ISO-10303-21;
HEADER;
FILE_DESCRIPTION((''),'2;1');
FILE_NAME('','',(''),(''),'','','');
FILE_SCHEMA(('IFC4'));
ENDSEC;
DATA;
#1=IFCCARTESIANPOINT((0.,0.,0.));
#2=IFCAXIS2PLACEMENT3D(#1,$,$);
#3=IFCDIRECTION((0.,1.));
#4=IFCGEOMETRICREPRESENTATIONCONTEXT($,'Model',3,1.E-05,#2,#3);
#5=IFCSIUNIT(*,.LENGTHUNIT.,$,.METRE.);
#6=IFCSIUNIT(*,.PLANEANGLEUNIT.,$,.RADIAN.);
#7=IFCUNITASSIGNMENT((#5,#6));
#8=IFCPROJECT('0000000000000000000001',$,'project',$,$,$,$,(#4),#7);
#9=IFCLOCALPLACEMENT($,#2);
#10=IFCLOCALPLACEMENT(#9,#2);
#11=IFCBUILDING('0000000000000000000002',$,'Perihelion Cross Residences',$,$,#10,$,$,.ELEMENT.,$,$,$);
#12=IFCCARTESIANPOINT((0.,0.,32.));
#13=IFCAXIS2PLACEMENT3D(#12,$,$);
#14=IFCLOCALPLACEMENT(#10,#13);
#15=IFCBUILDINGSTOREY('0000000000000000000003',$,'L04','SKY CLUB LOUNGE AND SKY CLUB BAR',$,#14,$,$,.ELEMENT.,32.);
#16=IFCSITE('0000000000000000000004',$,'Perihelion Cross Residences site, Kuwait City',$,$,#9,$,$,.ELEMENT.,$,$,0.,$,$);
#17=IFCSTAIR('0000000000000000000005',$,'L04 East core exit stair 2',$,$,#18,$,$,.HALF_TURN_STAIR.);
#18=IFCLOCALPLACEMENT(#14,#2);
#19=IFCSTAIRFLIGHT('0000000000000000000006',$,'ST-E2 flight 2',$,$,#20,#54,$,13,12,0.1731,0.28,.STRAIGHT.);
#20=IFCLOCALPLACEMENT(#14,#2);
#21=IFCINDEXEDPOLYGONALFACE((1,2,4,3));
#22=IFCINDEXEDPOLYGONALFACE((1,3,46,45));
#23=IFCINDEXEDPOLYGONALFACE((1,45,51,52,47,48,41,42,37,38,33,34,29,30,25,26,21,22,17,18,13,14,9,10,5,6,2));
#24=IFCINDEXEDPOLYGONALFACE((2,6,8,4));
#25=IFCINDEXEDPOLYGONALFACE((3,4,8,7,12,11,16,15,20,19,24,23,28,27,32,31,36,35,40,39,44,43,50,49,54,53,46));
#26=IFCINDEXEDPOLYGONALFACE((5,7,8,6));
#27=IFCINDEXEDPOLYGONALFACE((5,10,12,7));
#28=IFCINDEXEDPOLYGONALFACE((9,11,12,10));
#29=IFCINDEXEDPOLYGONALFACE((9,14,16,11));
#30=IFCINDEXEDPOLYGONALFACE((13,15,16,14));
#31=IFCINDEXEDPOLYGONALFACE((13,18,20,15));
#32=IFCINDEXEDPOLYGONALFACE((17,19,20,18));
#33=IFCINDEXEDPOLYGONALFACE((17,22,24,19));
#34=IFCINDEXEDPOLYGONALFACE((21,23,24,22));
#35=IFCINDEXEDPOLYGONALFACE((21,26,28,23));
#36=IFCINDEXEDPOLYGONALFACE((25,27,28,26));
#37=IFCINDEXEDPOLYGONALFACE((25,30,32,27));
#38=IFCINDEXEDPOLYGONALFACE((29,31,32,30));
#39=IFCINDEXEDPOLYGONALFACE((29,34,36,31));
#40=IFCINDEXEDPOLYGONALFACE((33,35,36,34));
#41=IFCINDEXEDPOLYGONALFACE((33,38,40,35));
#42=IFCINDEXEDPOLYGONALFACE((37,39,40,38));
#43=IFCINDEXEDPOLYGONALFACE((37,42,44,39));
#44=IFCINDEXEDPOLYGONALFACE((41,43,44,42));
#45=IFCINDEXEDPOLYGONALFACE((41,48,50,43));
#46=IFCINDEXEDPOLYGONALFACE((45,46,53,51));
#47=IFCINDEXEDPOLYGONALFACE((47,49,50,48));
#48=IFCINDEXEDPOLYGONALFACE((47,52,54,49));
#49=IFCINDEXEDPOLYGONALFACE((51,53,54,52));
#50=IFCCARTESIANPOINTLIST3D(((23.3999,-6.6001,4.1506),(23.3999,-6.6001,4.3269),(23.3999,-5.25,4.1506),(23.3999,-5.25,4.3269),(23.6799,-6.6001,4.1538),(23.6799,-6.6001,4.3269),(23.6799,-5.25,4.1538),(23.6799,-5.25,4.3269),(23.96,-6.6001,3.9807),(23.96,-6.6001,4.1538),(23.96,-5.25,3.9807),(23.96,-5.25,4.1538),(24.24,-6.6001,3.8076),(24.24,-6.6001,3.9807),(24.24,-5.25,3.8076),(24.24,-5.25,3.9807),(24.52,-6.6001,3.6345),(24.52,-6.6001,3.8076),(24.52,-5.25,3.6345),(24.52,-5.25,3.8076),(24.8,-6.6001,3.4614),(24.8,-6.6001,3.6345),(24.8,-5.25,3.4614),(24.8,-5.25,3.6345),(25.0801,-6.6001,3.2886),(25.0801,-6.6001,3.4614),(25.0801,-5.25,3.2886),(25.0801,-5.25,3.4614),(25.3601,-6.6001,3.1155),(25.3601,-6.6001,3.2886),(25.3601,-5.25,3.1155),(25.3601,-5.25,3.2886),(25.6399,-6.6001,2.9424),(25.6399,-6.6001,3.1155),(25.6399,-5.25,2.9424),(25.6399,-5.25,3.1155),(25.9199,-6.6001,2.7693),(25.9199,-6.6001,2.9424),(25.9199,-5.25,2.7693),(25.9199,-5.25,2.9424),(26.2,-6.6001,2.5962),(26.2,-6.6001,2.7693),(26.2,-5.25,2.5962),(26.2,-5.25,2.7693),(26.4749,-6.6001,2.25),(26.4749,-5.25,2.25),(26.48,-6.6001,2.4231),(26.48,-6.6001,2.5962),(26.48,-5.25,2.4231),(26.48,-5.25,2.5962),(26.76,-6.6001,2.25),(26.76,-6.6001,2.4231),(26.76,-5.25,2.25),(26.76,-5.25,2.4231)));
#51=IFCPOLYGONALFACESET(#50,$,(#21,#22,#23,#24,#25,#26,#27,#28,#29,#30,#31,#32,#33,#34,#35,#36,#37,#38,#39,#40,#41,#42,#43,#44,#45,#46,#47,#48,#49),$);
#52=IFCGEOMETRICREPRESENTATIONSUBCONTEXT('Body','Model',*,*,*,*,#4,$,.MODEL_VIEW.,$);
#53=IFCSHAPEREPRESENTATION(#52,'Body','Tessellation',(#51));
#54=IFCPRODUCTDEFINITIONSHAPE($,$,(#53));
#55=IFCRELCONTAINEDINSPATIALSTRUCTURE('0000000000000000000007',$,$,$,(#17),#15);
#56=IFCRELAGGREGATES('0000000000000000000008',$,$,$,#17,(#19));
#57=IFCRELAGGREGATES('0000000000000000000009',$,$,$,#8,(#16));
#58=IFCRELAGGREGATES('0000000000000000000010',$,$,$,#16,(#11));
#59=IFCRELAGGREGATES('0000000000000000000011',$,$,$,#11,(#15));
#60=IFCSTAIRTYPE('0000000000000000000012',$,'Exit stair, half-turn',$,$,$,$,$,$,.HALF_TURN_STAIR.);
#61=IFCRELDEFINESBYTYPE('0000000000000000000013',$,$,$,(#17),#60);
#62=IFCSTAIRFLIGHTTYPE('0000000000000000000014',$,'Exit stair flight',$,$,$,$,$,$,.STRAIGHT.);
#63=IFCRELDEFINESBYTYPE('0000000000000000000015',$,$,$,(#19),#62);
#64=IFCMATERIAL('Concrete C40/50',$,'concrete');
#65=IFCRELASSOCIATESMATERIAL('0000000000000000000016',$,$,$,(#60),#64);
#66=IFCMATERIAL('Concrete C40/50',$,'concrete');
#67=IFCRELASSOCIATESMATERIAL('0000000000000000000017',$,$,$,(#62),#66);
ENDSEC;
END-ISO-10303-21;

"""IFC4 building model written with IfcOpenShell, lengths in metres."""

from ifc_helpers import new_model, si_unit, direction, frame, origin, place, context, subcontext, project, spatial, polyline, outline, extrude, material, type_object, element, aggregate, save


model = new_model("IFC4")

# Units and contexts
model_context = context("Model", 3, precision=1e-05, world=origin(), true_north=direction((0.0, 1.0)))
body_context = subcontext(model_context, "Body", "Model", "MODEL_VIEW")
ifc_project = project(units=[si_unit("LENGTHUNIT", "METRE"), si_unit("PLANEANGLEUNIT", "RADIAN")], contexts=[model_context])

# Site, building, storey
site_placement = place(None, origin())
site = spatial("IfcSite", under=ifc_project, at=site_placement, Name="Perihelion Cross Residences site, Kuwait City", CompositionType="ELEMENT", RefElevation=0.0)
building_placement = place(site_placement, origin())
building = spatial("IfcBuilding", under=site, at=building_placement, Name="Perihelion Cross Residences", CompositionType="ELEMENT")
storey_placement = place(building_placement, frame((0.0, 0.0, 32.0)))
storey = spatial("IfcBuildingStorey", under=building, at=storey_placement, Name="L04", Description="SKY CLUB LOUNGE AND SKY CLUB BAR", CompositionType="ELEMENT", Elevation=32.0)

# Stair, stair flight
ifc_material_1 = material(Name="Concrete C40/50", Category="concrete")
stair_type = type_object("IfcStairType", Name="Exit stair, half-turn", PredefinedType="HALF_TURN_STAIR", material=ifc_material_1)
stair_placement = place(storey_placement, origin())
stair = element("IfcStair", 1, at=stair_placement, inside=storey, type_object=stair_type, Name="L04 East core exit stair 2", PredefinedType="HALF_TURN_STAIR")
ifc_material_2 = material(Name="Concrete C40/50", Category="concrete")
stair_flight_type = type_object("IfcStairFlightType", Name="Exit stair flight", PredefinedType="STRAIGHT", material=ifc_material_2)
stair_flight_placement = place(storey_placement, frame((26.76, -5.925, 2.25), z_axis=(0.0, 0.0, 1.0), x_axis=(-1.0, 0.0, 0.0)))
stair_flight = element("IfcStairFlight", 2, at=stair_flight_placement, type_object=stair_flight_type, Name="ST-E2 flight 2", NumberOfRisers=13, NumberOfTreads=12, PredefinedType="STRAIGHT", RiserHeight=0.1731, TreadLength=0.28, context=body_context, shape_type="SweptSolid", body=[
    extrude(outline(polyline([(0.0, 0.0), (0.0, 0.1731), (0.28, 0.1731), (0.28, 0.3462), (0.5601, 0.3462), (0.5601, 0.5193), (0.8401, 0.5193), (0.8401, 0.6924), (1.1201, 0.6924), (1.1201, 0.8655), (1.3999, 0.8655), (1.3999, 1.0386), (1.6799, 1.0386), (1.6799, 1.2114), (1.96, 1.2114), (1.96, 1.3845), (2.24, 1.3845), (2.24, 1.5576), (2.52, 1.5576), (2.52, 1.7307), (2.8, 1.7307), (2.8, 1.9038), (3.0801, 1.9038), (3.0801, 2.0769), (3.3601, 2.0769), (3.3601, 2.25), (3.3601, 1.9006), (0.2852, 0.0), (0.0, 0.0)])), frame((0.0, 0.675, 0.0), z_axis=(0.0, -1.0, 0.0), x_axis=(1.0, 0.0, 0.0)), (0.0, 0.0, 1.0), 1.3501),
])
aggregate(stair, [stair_flight])

save(model, "model.ifc")
